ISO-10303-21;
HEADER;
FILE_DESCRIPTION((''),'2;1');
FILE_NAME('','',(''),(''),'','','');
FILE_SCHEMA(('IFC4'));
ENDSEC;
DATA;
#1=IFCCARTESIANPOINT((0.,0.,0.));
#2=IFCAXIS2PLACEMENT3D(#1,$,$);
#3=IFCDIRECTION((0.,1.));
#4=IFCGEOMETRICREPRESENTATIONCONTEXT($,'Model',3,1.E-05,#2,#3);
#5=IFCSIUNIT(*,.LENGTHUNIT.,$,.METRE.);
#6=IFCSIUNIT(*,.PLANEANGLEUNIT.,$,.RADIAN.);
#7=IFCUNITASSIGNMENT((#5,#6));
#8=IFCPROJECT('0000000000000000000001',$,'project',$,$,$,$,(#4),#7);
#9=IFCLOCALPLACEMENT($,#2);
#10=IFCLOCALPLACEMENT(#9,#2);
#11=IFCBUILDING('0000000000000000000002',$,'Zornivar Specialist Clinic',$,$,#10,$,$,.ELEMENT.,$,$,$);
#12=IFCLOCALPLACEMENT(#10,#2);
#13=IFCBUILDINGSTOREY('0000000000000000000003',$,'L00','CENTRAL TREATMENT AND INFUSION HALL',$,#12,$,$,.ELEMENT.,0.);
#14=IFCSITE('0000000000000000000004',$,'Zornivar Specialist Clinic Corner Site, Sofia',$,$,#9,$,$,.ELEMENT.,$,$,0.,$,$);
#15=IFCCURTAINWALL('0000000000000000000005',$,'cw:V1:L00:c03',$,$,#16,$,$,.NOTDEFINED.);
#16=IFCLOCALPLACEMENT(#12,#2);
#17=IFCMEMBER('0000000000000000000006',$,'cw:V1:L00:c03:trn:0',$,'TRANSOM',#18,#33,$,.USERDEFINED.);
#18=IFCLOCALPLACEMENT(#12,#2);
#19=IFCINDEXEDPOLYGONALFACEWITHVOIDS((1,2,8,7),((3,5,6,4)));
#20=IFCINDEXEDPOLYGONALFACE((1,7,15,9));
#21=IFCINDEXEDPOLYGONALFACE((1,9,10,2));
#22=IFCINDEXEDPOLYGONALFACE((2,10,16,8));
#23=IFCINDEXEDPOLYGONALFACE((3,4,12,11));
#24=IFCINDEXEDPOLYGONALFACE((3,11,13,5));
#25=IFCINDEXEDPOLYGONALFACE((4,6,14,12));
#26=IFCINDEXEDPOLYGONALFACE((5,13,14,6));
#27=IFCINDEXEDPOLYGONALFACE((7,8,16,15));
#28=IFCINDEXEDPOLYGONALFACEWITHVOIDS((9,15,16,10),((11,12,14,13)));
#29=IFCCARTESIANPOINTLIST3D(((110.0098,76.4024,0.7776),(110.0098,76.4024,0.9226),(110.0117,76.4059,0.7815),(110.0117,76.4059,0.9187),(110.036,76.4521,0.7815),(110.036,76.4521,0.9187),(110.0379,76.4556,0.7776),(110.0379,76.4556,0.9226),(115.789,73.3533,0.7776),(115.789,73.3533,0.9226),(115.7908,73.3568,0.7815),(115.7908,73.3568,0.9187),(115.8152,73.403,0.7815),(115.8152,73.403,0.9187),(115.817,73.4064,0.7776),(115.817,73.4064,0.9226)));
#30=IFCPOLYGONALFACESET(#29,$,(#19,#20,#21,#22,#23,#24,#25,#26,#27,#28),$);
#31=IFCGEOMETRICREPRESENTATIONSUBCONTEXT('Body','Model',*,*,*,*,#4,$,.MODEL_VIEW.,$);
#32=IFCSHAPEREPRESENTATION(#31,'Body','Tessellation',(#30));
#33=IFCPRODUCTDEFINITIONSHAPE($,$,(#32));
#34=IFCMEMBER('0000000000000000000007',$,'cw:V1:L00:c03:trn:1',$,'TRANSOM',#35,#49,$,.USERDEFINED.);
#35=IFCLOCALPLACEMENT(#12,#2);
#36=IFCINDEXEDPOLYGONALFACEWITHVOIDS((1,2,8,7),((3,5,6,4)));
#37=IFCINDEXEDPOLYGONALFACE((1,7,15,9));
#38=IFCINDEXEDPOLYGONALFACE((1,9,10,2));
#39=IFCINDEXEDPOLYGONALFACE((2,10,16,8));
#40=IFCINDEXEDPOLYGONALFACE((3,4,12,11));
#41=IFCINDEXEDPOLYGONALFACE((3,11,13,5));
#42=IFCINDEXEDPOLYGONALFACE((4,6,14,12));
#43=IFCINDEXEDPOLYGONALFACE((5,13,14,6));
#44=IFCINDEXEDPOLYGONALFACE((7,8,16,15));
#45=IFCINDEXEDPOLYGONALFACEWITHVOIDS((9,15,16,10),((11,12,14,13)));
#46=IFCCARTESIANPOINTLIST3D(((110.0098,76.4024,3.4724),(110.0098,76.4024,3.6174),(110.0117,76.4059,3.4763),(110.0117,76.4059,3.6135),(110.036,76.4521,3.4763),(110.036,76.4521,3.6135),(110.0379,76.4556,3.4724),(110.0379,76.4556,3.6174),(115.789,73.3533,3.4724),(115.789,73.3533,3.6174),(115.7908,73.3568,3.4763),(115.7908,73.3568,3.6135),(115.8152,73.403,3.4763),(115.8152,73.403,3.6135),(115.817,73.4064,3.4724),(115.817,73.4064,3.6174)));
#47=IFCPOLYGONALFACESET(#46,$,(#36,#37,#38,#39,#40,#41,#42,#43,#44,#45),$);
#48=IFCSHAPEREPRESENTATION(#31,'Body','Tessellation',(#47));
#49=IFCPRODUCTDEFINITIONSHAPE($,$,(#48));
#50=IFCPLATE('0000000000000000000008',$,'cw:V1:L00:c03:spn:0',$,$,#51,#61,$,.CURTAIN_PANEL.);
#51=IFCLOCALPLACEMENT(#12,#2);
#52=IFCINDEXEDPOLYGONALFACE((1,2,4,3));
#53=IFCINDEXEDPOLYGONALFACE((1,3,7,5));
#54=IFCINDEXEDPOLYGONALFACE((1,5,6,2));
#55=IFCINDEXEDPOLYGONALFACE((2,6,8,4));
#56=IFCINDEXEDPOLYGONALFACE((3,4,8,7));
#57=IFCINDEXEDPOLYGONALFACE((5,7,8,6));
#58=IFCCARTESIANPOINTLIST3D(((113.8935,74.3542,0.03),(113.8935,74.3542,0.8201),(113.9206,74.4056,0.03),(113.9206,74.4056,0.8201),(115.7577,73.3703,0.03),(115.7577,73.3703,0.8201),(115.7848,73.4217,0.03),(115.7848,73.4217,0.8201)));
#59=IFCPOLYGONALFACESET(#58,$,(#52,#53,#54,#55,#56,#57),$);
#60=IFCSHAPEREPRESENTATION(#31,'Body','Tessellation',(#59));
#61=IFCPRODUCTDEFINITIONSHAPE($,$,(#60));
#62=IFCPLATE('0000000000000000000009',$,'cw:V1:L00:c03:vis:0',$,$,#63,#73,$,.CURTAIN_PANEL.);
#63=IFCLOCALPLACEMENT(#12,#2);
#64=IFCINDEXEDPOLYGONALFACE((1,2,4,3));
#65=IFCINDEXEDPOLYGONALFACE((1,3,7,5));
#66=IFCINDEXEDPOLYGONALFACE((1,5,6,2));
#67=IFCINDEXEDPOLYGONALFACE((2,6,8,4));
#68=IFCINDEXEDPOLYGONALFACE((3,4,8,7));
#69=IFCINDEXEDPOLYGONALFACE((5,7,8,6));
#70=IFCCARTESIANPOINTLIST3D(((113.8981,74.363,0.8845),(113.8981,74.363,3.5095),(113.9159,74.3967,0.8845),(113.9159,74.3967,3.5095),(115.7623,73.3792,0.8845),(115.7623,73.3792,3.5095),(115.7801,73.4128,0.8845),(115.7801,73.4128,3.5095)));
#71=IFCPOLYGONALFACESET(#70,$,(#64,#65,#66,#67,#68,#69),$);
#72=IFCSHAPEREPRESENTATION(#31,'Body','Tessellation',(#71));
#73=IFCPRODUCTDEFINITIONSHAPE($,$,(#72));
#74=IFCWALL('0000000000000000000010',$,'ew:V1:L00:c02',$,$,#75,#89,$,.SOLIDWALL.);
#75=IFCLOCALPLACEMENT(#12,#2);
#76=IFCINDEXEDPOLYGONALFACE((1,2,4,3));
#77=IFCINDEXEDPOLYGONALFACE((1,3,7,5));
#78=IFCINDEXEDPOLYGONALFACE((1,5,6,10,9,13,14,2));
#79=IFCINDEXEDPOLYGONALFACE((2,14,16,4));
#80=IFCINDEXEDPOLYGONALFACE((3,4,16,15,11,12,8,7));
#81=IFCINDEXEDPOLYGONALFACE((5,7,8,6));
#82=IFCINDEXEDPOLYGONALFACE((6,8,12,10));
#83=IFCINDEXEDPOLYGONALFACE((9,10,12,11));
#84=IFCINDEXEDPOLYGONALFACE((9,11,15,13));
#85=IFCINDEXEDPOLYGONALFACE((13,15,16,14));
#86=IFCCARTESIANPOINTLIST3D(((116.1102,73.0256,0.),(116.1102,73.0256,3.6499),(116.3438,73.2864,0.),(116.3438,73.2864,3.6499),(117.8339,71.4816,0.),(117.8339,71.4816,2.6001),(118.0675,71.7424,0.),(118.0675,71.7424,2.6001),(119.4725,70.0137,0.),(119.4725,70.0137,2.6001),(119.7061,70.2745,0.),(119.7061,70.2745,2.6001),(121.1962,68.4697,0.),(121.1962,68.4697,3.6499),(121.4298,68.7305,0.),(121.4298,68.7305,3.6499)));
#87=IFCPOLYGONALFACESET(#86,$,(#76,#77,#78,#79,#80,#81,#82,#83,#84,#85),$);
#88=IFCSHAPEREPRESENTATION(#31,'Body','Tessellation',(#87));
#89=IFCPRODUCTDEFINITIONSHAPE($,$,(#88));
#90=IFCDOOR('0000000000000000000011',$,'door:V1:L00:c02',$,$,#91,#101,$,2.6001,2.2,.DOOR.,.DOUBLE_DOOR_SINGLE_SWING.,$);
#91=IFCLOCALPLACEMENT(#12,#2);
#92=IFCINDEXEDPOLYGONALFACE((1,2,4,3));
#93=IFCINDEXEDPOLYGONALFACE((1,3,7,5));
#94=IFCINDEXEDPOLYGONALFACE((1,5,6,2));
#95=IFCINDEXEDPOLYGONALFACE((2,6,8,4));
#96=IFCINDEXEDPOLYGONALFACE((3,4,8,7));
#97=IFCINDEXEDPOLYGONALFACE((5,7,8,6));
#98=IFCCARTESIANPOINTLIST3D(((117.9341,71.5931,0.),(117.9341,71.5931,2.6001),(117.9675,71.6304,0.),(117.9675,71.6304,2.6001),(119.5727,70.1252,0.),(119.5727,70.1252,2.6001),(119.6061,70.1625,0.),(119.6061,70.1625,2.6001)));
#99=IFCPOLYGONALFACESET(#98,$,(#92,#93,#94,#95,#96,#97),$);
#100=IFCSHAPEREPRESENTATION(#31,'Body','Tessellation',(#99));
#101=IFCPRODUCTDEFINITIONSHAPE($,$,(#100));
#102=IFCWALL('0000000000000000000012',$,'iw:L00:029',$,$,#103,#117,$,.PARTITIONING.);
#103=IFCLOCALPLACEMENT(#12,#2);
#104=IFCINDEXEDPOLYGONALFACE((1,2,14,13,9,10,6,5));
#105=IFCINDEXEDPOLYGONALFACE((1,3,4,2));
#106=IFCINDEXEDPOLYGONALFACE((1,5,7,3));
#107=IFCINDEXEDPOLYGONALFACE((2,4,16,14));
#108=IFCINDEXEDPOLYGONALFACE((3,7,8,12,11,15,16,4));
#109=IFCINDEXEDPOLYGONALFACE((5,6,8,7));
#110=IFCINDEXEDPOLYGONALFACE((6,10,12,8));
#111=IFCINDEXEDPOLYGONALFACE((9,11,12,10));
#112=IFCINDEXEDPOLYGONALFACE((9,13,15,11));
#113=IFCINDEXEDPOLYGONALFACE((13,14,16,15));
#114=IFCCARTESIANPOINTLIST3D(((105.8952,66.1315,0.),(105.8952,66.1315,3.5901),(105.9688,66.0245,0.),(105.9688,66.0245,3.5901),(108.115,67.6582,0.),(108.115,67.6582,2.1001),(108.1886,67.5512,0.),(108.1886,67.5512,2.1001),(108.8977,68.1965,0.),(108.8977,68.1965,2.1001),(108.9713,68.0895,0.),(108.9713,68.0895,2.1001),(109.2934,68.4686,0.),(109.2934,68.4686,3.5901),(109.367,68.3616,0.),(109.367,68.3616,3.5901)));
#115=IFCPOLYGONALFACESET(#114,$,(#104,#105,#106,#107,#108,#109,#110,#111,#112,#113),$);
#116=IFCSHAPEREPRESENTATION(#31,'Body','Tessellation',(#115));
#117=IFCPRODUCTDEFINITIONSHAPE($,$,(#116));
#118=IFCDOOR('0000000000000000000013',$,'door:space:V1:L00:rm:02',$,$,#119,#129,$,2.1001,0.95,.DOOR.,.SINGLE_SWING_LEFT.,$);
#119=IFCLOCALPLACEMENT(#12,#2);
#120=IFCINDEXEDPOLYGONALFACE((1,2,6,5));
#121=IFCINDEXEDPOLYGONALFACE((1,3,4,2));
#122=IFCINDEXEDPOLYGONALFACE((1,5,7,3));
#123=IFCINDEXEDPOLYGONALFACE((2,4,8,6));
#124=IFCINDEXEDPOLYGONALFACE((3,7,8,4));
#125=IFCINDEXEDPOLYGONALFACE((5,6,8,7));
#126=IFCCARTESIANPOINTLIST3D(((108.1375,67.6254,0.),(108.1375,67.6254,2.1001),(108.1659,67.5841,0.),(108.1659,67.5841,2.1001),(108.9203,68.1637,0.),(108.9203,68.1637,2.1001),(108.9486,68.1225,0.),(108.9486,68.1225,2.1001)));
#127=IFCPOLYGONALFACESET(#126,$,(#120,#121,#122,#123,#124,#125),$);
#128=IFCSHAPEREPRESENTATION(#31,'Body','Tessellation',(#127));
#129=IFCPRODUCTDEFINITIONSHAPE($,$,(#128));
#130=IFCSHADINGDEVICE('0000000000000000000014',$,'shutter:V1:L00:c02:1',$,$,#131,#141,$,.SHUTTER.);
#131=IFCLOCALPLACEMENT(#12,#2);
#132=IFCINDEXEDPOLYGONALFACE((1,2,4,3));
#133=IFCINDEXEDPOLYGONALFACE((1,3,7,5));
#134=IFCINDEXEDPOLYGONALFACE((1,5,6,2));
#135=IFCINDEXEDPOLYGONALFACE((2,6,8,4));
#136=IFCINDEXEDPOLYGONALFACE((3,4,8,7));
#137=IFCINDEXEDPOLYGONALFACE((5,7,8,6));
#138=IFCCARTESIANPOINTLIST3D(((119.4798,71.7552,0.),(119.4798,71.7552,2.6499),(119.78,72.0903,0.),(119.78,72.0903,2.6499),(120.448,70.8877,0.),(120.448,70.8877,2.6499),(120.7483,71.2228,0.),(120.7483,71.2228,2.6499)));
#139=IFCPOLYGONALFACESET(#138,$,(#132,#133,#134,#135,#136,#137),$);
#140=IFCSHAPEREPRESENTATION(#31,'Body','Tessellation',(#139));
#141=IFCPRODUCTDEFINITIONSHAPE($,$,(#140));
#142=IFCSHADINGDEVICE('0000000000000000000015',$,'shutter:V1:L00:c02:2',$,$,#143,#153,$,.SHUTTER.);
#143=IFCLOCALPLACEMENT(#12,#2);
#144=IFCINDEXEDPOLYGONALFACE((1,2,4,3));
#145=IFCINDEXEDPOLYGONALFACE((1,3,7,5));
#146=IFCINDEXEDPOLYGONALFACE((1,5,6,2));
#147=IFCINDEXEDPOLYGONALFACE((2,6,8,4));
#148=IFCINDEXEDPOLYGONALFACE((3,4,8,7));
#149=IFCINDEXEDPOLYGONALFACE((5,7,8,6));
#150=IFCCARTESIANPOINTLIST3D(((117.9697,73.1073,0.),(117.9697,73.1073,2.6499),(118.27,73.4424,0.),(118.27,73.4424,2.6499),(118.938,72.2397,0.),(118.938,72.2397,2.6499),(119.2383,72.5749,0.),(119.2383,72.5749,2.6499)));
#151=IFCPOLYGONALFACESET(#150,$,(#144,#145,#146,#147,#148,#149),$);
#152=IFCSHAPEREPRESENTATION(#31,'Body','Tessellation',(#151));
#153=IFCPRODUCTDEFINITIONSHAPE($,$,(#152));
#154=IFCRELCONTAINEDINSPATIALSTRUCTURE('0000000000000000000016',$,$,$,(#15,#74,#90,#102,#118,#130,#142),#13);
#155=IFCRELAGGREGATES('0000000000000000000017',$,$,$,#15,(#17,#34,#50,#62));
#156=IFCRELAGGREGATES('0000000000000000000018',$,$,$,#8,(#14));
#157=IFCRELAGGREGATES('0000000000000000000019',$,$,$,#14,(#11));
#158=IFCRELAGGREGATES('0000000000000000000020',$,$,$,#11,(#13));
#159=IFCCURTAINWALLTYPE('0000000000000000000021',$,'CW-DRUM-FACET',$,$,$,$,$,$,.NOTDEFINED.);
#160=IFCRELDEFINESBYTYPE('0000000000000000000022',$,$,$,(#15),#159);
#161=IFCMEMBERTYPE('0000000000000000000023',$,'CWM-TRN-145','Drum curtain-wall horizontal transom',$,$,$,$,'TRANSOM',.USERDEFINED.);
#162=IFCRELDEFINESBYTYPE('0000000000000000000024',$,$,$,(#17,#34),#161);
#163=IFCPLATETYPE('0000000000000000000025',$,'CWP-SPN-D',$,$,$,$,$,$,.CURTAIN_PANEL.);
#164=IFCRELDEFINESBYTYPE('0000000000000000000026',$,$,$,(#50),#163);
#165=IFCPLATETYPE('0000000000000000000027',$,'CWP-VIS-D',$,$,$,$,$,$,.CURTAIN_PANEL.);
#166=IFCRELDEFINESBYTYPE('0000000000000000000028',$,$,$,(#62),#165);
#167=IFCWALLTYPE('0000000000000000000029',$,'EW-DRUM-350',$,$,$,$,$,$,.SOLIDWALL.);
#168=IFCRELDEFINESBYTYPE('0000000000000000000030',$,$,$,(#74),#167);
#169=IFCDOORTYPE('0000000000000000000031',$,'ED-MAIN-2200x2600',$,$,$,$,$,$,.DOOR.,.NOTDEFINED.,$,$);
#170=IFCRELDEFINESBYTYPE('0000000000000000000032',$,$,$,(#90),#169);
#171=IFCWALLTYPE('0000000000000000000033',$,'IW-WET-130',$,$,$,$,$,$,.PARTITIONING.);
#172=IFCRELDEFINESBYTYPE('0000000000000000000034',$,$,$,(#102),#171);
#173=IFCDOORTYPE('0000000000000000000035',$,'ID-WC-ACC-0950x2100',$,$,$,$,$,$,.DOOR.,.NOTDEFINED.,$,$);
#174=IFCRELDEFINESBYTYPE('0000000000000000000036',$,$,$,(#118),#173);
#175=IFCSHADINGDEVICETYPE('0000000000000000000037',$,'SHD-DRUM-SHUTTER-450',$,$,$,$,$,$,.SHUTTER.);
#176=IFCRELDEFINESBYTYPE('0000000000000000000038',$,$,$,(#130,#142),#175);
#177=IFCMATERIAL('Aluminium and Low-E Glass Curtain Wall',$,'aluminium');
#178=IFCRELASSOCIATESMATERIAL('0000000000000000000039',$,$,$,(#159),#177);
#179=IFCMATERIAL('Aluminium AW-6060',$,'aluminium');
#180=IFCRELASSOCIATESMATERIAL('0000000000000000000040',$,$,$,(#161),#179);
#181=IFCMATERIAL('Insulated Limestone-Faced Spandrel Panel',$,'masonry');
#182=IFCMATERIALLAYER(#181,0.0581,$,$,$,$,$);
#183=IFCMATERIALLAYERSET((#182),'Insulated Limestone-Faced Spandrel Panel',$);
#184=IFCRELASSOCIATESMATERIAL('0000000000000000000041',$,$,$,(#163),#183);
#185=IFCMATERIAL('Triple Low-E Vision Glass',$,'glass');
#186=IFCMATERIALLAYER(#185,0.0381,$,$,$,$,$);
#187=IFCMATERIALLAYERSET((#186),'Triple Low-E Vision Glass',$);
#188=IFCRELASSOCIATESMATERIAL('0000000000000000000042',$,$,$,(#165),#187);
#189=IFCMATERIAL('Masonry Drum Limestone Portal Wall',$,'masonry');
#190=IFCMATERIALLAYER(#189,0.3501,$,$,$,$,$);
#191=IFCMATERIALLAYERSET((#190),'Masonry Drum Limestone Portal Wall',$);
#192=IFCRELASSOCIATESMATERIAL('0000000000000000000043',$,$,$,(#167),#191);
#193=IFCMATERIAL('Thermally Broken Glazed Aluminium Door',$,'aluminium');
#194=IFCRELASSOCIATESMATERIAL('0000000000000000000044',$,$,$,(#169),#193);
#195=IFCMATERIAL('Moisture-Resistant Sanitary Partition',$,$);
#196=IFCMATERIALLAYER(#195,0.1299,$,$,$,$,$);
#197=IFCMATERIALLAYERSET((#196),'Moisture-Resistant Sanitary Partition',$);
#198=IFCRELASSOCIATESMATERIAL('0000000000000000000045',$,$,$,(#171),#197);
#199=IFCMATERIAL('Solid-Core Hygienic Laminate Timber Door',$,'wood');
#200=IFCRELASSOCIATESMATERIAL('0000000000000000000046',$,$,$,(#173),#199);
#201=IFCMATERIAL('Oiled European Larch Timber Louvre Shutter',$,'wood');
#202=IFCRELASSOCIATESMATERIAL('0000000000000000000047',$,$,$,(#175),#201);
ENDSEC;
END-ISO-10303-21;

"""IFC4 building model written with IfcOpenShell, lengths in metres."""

from ifc_helpers import new_model, si_unit, direction, frame, frame_2d, origin, origin_2d, place, context, subcontext, project, spatial, rectangle, hollow_rectangle, extrude, material, layer, layer_set, material_profile, profile_set, type_object, element, fill, aggregate, save


model = new_model("IFC4")

# Units and contexts
model_context = context("Model", 3, precision=1e-05, world=origin(), true_north=direction((0.0, 1.0)))
body_context = subcontext(model_context, "Body", "Model", "MODEL_VIEW")
ifc_project = project(units=[si_unit("LENGTHUNIT", "METRE"), si_unit("PLANEANGLEUNIT", "RADIAN")], contexts=[model_context])

# Site, building, storey
site_placement = place(None, origin())
site = spatial("IfcSite", under=ifc_project, at=site_placement, Name="Zornivar Specialist Clinic Corner Site, Sofia", CompositionType="ELEMENT", RefElevation=0.0)
building_placement = place(site_placement, origin())
building = spatial("IfcBuilding", under=site, at=building_placement, Name="Zornivar Specialist Clinic", CompositionType="ELEMENT")
storey_placement = place(building_placement, origin())
storey = spatial("IfcBuildingStorey", under=building, at=storey_placement, Name="L00", Description="CENTRAL TREATMENT AND INFUSION HALL", CompositionType="ELEMENT", Elevation=0.0)

# Curtain wall, members, plates
ifc_material_1 = material(Name="Aluminium and Low-E Glass Curtain Wall", Category="aluminium")
curtain_wall_type = type_object("IfcCurtainWallType", Name="CW-DRUM-FACET", PredefinedType="NOTDEFINED", material=ifc_material_1)
curtain_wall_placement = place(storey_placement, origin())
curtain_wall = element("IfcCurtainWall", 1, at=curtain_wall_placement, inside=storey, type_object=curtain_wall_type, Name="cw:V1:L00:c03", PredefinedType="NOTDEFINED")
ifc_material_2 = material(Name="Aluminium AW-6060", Category="aluminium")
ifc_material_profile_1 = material_profile(ifc_material_2, hollow_rectangle(XDim=0.0601, YDim=0.145, WallThickness=0.0039, at=origin_2d()), Name="ALU 60x145x4")
ifc_profile_set_1 = profile_set([ifc_material_profile_1], Name="Aluminium AW-6060")
member_type_1 = type_object("IfcMemberType", Name="CWM-TRN-145", Description="Drum curtain-wall horizontal transom", ElementType="TRANSOM", PredefinedType="USERDEFINED", material=ifc_profile_set_1)
member_1_placement = place(storey_placement, frame((115.803, 73.3799, 0.8501), z_axis=(-0.884447, 0.466641, 0.0), x_axis=(-0.466641, -0.884447, 0.0)))
member_1 = element("IfcMember", 2, at=member_1_placement, type_object=member_type_1, Name="cw:V1:L00:c03:trn:0", ObjectType="TRANSOM", PredefinedType="USERDEFINED", context=body_context, shape_type="SweptSolid", body=[
    extrude(hollow_rectangle(XDim=0.0601, YDim=0.145, WallThickness=0.0039, at=origin_2d()), origin(), (0.0, 0.0, 1.0), 6.5342),
])
member_2_placement = place(storey_placement, frame((115.803, 73.3799, 3.5449), z_axis=(-0.884447, 0.466641, 0.0), x_axis=(-0.466641, -0.884447, 0.0)))
member_2 = element("IfcMember", 3, at=member_2_placement, type_object=member_type_1, Name="cw:V1:L00:c03:trn:1", ObjectType="TRANSOM", PredefinedType="USERDEFINED", context=body_context, shape_type="SweptSolid", body=[
    extrude(hollow_rectangle(XDim=0.0601, YDim=0.145, WallThickness=0.0039, at=origin_2d()), origin(), (0.0, 0.0, 1.0), 6.5342),
])
ifc_material_3 = material(Name="Insulated Limestone-Faced Spandrel Panel", Category="masonry")
ifc_layer_1 = layer(ifc_material_3, 0.0581)
ifc_layer_set_1 = layer_set([ifc_layer_1], Name="Insulated Limestone-Faced Spandrel Panel")
plate_type_1 = type_object("IfcPlateType", Name="CWP-SPN-D", PredefinedType="CURTAIN_PANEL", material=ifc_layer_set_1)
plate_1_placement = place(storey_placement, frame((114.8391, 73.8879, 0.03), z_axis=(0.0, 0.0, 1.0), x_axis=(-0.884383, 0.466762, 0.0)))
plate_1 = element("IfcPlate", 4, at=plate_1_placement, type_object=plate_type_1, Name="cw:V1:L00:c03:spn:0", PredefinedType="CURTAIN_PANEL", context=body_context, shape_type="SweptSolid", body=[
    extrude(rectangle(XDim=2.1079, YDim=0.0581, at=origin_2d()), origin(), (0.0, 0.0, 1.0), 0.79),
])
ifc_material_4 = material(Name="Triple Low-E Vision Glass", Category="glass")
ifc_layer_2 = layer(ifc_material_4, 0.0381)
ifc_layer_set_2 = layer_set([ifc_layer_2], Name="Triple Low-E Vision Glass")
plate_type_2 = type_object("IfcPlateType", Name="CWP-VIS-D", PredefinedType="CURTAIN_PANEL", material=ifc_layer_set_2)
plate_2_placement = place(storey_placement, frame((114.8391, 73.8879, 0.8845), z_axis=(0.0, 0.0, 1.0), x_axis=(-0.884383, 0.466762, 0.0)))
plate_2 = element("IfcPlate", 5, at=plate_2_placement, type_object=plate_type_2, Name="cw:V1:L00:c03:vis:0", PredefinedType="CURTAIN_PANEL", context=body_context, shape_type="SweptSolid", body=[
    extrude(rectangle(XDim=2.1079, YDim=0.0381, at=origin_2d()), origin(), (0.0, 0.0, 1.0), 2.625),
])
aggregate(curtain_wall, [member_1, member_2, plate_1, plate_2])

# Walls, openings, doors
ifc_material_5 = material(Name="Masonry Drum Limestone Portal Wall", Category="masonry")
ifc_layer_3 = layer(ifc_material_5, 0.3501)
ifc_layer_set_3 = layer_set([ifc_layer_3], Name="Masonry Drum Limestone Portal Wall")
wall_type_1 = type_object("IfcWallType", Name="EW-DRUM-350", PredefinedType="SOLIDWALL", material=ifc_layer_set_3)
wall_1_placement = place(storey_placement, frame((121.313, 68.6001, 0.0), z_axis=(0.0, 0.0, 1.0), x_axis=(-0.744853, 0.667228, 0.0)))
wall_1 = element("IfcWall", 6, at=wall_1_placement, inside=storey, type_object=wall_type_1, Name="ew:V1:L00:c02", PredefinedType="SOLIDWALL", context=body_context, shape_type="SweptSolid", body=[
    extrude(rectangle(XDim=6.8281, YDim=0.3501, at=frame_2d((3.4141, 0.0))), origin(), (0.0, 0.0, 1.0), 3.6499),
])
opening_1_placement = place(wall_1_placement, frame((2.314, 0.0, 0.0)))
opening_1 = element("IfcOpeningElement", 7, at=opening_1_placement, cuts=wall_1, PredefinedType="OPENING", context=body_context, shape_type="SweptSolid", body=[
    extrude(rectangle(XDim=2.2, YDim=2.6001, at=frame_2d((1.1001, 1.3))), frame((0.0, 0.1851, 0.0), z_axis=(0.0, -1.0, 0.0), x_axis=(1.0, 0.0, 0.0)), (0.0, 0.0, 1.0), 0.3701),
])
ifc_material_6 = material(Name="Thermally Broken Glazed Aluminium Door", Category="aluminium")
door_type_1 = type_object("IfcDoorType", Name="ED-MAIN-2200x2600", OperationType="NOTDEFINED", PredefinedType="DOOR", material=ifc_material_6)
door_1_placement = place(opening_1_placement, frame((2.2, 0.0, 0.0), z_axis=(0.0, 0.0, 1.0), x_axis=(-1.0, 0.0, 0.0)))
door_1 = element("IfcDoor", 8, at=door_1_placement, inside=storey, type_object=door_type_1, Name="door:V1:L00:c02", OperationType="DOUBLE_DOOR_SINGLE_SWING", OverallHeight=2.6001, OverallWidth=2.2, PredefinedType="DOOR", context=body_context, shape_type="SweptSolid", body=[
    extrude(rectangle(XDim=2.2, YDim=2.6001, at=frame_2d((1.1001, 1.3))), frame((0.0, 0.0249, 0.0), z_axis=(0.0, -1.0, 0.0), x_axis=(1.0, 0.0, 0.0)), (0.0, 0.0, 1.0), 0.05),
])
fill(opening_1, door_1)
ifc_material_7 = material(Name="Moisture-Resistant Sanitary Partition")
ifc_layer_4 = layer(ifc_material_7, 0.1299)
ifc_layer_set_4 = layer_set([ifc_layer_4], Name="Moisture-Resistant Sanitary Partition")
wall_type_2 = type_object("IfcWallType", Name="IW-WET-130", PredefinedType="PARTITIONING", material=ifc_layer_set_4)
wall_2_placement = place(storey_placement, frame((109.3301, 68.415, 0.0), z_axis=(0.0, 0.0, 1.0), x_axis=(-0.82394, -0.566677, 0.0)))
wall_2 = element("IfcWall", 9, at=wall_2_placement, inside=storey, type_object=wall_type_2, Name="iw:L00:029", PredefinedType="PARTITIONING", context=body_context, shape_type="SweptSolid", body=[
    extrude(rectangle(XDim=4.1243, YDim=0.1299, at=frame_2d((2.062, 0.0))), origin(), (0.0, 0.0, 1.0), 3.5901),
])
opening_2_placement = place(wall_2_placement, frame((0.48, 0.0, 0.0)))
opening_2 = element("IfcOpeningElement", 10, at=opening_2_placement, cuts=wall_2, PredefinedType="OPENING", context=body_context, shape_type="SweptSolid", body=[
    extrude(rectangle(XDim=0.95, YDim=2.1001, at=frame_2d((0.4751, 1.05))), frame((0.0, 0.075, 0.0), z_axis=(0.0, -1.0, 0.0), x_axis=(1.0, 0.0, 0.0)), (0.0, 0.0, 1.0), 0.1499),
])
ifc_material_8 = material(Name="Solid-Core Hygienic Laminate Timber Door", Category="wood")
door_type_2 = type_object("IfcDoorType", Name="ID-WC-ACC-0950x2100", OperationType="NOTDEFINED", PredefinedType="DOOR", material=ifc_material_8)
door_2_placement = place(opening_2_placement, origin())
door_2 = element("IfcDoor", 11, at=door_2_placement, inside=storey, type_object=door_type_2, Name="door:space:V1:L00:rm:02", OperationType="SINGLE_SWING_LEFT", OverallHeight=2.1001, OverallWidth=0.95, PredefinedType="DOOR", context=body_context, shape_type="SweptSolid", body=[
    extrude(rectangle(XDim=0.95, YDim=2.1001, at=frame_2d((0.4751, 1.05))), frame((0.0, 0.0249, 0.0), z_axis=(0.0, -1.0, 0.0), x_axis=(1.0, 0.0, 0.0)), (0.0, 0.0, 1.0), 0.05),
])
fill(opening_2, door_2)

# Shading devices
ifc_material_9 = material(Name="Oiled European Larch Timber Louvre Shutter", Category="wood")
shading_device_type = type_object("IfcShadingDeviceType", Name="SHD-DRUM-SHUTTER-450", PredefinedType="SHUTTER", material=ifc_material_9)
for number, where, z_axis, x_axis, name in (
    (12, (120.114, 71.489, 0.0), (0.0, 0.0, 1.0), (-0.744797, 0.667291, 0.0), "shutter:V1:L00:c02:1"),
    (13, (118.604, 72.8411, 0.0), (0.0, 0.0, 1.0), (-0.744797, 0.667291, 0.0), "shutter:V1:L00:c02:2"),
):
    element("IfcShadingDevice", number, at=place(storey_placement, frame(where, z_axis=z_axis, x_axis=x_axis)), inside=storey, type_object=shading_device_type, Name=name, PredefinedType="SHUTTER", context=body_context, shape_type="SweptSolid", body=[
        extrude(rectangle(XDim=1.3, YDim=0.45, at=origin_2d()), origin(), (0.0, 0.0, 1.0), 2.6499),
    ])

save(model, "model.ifc")
